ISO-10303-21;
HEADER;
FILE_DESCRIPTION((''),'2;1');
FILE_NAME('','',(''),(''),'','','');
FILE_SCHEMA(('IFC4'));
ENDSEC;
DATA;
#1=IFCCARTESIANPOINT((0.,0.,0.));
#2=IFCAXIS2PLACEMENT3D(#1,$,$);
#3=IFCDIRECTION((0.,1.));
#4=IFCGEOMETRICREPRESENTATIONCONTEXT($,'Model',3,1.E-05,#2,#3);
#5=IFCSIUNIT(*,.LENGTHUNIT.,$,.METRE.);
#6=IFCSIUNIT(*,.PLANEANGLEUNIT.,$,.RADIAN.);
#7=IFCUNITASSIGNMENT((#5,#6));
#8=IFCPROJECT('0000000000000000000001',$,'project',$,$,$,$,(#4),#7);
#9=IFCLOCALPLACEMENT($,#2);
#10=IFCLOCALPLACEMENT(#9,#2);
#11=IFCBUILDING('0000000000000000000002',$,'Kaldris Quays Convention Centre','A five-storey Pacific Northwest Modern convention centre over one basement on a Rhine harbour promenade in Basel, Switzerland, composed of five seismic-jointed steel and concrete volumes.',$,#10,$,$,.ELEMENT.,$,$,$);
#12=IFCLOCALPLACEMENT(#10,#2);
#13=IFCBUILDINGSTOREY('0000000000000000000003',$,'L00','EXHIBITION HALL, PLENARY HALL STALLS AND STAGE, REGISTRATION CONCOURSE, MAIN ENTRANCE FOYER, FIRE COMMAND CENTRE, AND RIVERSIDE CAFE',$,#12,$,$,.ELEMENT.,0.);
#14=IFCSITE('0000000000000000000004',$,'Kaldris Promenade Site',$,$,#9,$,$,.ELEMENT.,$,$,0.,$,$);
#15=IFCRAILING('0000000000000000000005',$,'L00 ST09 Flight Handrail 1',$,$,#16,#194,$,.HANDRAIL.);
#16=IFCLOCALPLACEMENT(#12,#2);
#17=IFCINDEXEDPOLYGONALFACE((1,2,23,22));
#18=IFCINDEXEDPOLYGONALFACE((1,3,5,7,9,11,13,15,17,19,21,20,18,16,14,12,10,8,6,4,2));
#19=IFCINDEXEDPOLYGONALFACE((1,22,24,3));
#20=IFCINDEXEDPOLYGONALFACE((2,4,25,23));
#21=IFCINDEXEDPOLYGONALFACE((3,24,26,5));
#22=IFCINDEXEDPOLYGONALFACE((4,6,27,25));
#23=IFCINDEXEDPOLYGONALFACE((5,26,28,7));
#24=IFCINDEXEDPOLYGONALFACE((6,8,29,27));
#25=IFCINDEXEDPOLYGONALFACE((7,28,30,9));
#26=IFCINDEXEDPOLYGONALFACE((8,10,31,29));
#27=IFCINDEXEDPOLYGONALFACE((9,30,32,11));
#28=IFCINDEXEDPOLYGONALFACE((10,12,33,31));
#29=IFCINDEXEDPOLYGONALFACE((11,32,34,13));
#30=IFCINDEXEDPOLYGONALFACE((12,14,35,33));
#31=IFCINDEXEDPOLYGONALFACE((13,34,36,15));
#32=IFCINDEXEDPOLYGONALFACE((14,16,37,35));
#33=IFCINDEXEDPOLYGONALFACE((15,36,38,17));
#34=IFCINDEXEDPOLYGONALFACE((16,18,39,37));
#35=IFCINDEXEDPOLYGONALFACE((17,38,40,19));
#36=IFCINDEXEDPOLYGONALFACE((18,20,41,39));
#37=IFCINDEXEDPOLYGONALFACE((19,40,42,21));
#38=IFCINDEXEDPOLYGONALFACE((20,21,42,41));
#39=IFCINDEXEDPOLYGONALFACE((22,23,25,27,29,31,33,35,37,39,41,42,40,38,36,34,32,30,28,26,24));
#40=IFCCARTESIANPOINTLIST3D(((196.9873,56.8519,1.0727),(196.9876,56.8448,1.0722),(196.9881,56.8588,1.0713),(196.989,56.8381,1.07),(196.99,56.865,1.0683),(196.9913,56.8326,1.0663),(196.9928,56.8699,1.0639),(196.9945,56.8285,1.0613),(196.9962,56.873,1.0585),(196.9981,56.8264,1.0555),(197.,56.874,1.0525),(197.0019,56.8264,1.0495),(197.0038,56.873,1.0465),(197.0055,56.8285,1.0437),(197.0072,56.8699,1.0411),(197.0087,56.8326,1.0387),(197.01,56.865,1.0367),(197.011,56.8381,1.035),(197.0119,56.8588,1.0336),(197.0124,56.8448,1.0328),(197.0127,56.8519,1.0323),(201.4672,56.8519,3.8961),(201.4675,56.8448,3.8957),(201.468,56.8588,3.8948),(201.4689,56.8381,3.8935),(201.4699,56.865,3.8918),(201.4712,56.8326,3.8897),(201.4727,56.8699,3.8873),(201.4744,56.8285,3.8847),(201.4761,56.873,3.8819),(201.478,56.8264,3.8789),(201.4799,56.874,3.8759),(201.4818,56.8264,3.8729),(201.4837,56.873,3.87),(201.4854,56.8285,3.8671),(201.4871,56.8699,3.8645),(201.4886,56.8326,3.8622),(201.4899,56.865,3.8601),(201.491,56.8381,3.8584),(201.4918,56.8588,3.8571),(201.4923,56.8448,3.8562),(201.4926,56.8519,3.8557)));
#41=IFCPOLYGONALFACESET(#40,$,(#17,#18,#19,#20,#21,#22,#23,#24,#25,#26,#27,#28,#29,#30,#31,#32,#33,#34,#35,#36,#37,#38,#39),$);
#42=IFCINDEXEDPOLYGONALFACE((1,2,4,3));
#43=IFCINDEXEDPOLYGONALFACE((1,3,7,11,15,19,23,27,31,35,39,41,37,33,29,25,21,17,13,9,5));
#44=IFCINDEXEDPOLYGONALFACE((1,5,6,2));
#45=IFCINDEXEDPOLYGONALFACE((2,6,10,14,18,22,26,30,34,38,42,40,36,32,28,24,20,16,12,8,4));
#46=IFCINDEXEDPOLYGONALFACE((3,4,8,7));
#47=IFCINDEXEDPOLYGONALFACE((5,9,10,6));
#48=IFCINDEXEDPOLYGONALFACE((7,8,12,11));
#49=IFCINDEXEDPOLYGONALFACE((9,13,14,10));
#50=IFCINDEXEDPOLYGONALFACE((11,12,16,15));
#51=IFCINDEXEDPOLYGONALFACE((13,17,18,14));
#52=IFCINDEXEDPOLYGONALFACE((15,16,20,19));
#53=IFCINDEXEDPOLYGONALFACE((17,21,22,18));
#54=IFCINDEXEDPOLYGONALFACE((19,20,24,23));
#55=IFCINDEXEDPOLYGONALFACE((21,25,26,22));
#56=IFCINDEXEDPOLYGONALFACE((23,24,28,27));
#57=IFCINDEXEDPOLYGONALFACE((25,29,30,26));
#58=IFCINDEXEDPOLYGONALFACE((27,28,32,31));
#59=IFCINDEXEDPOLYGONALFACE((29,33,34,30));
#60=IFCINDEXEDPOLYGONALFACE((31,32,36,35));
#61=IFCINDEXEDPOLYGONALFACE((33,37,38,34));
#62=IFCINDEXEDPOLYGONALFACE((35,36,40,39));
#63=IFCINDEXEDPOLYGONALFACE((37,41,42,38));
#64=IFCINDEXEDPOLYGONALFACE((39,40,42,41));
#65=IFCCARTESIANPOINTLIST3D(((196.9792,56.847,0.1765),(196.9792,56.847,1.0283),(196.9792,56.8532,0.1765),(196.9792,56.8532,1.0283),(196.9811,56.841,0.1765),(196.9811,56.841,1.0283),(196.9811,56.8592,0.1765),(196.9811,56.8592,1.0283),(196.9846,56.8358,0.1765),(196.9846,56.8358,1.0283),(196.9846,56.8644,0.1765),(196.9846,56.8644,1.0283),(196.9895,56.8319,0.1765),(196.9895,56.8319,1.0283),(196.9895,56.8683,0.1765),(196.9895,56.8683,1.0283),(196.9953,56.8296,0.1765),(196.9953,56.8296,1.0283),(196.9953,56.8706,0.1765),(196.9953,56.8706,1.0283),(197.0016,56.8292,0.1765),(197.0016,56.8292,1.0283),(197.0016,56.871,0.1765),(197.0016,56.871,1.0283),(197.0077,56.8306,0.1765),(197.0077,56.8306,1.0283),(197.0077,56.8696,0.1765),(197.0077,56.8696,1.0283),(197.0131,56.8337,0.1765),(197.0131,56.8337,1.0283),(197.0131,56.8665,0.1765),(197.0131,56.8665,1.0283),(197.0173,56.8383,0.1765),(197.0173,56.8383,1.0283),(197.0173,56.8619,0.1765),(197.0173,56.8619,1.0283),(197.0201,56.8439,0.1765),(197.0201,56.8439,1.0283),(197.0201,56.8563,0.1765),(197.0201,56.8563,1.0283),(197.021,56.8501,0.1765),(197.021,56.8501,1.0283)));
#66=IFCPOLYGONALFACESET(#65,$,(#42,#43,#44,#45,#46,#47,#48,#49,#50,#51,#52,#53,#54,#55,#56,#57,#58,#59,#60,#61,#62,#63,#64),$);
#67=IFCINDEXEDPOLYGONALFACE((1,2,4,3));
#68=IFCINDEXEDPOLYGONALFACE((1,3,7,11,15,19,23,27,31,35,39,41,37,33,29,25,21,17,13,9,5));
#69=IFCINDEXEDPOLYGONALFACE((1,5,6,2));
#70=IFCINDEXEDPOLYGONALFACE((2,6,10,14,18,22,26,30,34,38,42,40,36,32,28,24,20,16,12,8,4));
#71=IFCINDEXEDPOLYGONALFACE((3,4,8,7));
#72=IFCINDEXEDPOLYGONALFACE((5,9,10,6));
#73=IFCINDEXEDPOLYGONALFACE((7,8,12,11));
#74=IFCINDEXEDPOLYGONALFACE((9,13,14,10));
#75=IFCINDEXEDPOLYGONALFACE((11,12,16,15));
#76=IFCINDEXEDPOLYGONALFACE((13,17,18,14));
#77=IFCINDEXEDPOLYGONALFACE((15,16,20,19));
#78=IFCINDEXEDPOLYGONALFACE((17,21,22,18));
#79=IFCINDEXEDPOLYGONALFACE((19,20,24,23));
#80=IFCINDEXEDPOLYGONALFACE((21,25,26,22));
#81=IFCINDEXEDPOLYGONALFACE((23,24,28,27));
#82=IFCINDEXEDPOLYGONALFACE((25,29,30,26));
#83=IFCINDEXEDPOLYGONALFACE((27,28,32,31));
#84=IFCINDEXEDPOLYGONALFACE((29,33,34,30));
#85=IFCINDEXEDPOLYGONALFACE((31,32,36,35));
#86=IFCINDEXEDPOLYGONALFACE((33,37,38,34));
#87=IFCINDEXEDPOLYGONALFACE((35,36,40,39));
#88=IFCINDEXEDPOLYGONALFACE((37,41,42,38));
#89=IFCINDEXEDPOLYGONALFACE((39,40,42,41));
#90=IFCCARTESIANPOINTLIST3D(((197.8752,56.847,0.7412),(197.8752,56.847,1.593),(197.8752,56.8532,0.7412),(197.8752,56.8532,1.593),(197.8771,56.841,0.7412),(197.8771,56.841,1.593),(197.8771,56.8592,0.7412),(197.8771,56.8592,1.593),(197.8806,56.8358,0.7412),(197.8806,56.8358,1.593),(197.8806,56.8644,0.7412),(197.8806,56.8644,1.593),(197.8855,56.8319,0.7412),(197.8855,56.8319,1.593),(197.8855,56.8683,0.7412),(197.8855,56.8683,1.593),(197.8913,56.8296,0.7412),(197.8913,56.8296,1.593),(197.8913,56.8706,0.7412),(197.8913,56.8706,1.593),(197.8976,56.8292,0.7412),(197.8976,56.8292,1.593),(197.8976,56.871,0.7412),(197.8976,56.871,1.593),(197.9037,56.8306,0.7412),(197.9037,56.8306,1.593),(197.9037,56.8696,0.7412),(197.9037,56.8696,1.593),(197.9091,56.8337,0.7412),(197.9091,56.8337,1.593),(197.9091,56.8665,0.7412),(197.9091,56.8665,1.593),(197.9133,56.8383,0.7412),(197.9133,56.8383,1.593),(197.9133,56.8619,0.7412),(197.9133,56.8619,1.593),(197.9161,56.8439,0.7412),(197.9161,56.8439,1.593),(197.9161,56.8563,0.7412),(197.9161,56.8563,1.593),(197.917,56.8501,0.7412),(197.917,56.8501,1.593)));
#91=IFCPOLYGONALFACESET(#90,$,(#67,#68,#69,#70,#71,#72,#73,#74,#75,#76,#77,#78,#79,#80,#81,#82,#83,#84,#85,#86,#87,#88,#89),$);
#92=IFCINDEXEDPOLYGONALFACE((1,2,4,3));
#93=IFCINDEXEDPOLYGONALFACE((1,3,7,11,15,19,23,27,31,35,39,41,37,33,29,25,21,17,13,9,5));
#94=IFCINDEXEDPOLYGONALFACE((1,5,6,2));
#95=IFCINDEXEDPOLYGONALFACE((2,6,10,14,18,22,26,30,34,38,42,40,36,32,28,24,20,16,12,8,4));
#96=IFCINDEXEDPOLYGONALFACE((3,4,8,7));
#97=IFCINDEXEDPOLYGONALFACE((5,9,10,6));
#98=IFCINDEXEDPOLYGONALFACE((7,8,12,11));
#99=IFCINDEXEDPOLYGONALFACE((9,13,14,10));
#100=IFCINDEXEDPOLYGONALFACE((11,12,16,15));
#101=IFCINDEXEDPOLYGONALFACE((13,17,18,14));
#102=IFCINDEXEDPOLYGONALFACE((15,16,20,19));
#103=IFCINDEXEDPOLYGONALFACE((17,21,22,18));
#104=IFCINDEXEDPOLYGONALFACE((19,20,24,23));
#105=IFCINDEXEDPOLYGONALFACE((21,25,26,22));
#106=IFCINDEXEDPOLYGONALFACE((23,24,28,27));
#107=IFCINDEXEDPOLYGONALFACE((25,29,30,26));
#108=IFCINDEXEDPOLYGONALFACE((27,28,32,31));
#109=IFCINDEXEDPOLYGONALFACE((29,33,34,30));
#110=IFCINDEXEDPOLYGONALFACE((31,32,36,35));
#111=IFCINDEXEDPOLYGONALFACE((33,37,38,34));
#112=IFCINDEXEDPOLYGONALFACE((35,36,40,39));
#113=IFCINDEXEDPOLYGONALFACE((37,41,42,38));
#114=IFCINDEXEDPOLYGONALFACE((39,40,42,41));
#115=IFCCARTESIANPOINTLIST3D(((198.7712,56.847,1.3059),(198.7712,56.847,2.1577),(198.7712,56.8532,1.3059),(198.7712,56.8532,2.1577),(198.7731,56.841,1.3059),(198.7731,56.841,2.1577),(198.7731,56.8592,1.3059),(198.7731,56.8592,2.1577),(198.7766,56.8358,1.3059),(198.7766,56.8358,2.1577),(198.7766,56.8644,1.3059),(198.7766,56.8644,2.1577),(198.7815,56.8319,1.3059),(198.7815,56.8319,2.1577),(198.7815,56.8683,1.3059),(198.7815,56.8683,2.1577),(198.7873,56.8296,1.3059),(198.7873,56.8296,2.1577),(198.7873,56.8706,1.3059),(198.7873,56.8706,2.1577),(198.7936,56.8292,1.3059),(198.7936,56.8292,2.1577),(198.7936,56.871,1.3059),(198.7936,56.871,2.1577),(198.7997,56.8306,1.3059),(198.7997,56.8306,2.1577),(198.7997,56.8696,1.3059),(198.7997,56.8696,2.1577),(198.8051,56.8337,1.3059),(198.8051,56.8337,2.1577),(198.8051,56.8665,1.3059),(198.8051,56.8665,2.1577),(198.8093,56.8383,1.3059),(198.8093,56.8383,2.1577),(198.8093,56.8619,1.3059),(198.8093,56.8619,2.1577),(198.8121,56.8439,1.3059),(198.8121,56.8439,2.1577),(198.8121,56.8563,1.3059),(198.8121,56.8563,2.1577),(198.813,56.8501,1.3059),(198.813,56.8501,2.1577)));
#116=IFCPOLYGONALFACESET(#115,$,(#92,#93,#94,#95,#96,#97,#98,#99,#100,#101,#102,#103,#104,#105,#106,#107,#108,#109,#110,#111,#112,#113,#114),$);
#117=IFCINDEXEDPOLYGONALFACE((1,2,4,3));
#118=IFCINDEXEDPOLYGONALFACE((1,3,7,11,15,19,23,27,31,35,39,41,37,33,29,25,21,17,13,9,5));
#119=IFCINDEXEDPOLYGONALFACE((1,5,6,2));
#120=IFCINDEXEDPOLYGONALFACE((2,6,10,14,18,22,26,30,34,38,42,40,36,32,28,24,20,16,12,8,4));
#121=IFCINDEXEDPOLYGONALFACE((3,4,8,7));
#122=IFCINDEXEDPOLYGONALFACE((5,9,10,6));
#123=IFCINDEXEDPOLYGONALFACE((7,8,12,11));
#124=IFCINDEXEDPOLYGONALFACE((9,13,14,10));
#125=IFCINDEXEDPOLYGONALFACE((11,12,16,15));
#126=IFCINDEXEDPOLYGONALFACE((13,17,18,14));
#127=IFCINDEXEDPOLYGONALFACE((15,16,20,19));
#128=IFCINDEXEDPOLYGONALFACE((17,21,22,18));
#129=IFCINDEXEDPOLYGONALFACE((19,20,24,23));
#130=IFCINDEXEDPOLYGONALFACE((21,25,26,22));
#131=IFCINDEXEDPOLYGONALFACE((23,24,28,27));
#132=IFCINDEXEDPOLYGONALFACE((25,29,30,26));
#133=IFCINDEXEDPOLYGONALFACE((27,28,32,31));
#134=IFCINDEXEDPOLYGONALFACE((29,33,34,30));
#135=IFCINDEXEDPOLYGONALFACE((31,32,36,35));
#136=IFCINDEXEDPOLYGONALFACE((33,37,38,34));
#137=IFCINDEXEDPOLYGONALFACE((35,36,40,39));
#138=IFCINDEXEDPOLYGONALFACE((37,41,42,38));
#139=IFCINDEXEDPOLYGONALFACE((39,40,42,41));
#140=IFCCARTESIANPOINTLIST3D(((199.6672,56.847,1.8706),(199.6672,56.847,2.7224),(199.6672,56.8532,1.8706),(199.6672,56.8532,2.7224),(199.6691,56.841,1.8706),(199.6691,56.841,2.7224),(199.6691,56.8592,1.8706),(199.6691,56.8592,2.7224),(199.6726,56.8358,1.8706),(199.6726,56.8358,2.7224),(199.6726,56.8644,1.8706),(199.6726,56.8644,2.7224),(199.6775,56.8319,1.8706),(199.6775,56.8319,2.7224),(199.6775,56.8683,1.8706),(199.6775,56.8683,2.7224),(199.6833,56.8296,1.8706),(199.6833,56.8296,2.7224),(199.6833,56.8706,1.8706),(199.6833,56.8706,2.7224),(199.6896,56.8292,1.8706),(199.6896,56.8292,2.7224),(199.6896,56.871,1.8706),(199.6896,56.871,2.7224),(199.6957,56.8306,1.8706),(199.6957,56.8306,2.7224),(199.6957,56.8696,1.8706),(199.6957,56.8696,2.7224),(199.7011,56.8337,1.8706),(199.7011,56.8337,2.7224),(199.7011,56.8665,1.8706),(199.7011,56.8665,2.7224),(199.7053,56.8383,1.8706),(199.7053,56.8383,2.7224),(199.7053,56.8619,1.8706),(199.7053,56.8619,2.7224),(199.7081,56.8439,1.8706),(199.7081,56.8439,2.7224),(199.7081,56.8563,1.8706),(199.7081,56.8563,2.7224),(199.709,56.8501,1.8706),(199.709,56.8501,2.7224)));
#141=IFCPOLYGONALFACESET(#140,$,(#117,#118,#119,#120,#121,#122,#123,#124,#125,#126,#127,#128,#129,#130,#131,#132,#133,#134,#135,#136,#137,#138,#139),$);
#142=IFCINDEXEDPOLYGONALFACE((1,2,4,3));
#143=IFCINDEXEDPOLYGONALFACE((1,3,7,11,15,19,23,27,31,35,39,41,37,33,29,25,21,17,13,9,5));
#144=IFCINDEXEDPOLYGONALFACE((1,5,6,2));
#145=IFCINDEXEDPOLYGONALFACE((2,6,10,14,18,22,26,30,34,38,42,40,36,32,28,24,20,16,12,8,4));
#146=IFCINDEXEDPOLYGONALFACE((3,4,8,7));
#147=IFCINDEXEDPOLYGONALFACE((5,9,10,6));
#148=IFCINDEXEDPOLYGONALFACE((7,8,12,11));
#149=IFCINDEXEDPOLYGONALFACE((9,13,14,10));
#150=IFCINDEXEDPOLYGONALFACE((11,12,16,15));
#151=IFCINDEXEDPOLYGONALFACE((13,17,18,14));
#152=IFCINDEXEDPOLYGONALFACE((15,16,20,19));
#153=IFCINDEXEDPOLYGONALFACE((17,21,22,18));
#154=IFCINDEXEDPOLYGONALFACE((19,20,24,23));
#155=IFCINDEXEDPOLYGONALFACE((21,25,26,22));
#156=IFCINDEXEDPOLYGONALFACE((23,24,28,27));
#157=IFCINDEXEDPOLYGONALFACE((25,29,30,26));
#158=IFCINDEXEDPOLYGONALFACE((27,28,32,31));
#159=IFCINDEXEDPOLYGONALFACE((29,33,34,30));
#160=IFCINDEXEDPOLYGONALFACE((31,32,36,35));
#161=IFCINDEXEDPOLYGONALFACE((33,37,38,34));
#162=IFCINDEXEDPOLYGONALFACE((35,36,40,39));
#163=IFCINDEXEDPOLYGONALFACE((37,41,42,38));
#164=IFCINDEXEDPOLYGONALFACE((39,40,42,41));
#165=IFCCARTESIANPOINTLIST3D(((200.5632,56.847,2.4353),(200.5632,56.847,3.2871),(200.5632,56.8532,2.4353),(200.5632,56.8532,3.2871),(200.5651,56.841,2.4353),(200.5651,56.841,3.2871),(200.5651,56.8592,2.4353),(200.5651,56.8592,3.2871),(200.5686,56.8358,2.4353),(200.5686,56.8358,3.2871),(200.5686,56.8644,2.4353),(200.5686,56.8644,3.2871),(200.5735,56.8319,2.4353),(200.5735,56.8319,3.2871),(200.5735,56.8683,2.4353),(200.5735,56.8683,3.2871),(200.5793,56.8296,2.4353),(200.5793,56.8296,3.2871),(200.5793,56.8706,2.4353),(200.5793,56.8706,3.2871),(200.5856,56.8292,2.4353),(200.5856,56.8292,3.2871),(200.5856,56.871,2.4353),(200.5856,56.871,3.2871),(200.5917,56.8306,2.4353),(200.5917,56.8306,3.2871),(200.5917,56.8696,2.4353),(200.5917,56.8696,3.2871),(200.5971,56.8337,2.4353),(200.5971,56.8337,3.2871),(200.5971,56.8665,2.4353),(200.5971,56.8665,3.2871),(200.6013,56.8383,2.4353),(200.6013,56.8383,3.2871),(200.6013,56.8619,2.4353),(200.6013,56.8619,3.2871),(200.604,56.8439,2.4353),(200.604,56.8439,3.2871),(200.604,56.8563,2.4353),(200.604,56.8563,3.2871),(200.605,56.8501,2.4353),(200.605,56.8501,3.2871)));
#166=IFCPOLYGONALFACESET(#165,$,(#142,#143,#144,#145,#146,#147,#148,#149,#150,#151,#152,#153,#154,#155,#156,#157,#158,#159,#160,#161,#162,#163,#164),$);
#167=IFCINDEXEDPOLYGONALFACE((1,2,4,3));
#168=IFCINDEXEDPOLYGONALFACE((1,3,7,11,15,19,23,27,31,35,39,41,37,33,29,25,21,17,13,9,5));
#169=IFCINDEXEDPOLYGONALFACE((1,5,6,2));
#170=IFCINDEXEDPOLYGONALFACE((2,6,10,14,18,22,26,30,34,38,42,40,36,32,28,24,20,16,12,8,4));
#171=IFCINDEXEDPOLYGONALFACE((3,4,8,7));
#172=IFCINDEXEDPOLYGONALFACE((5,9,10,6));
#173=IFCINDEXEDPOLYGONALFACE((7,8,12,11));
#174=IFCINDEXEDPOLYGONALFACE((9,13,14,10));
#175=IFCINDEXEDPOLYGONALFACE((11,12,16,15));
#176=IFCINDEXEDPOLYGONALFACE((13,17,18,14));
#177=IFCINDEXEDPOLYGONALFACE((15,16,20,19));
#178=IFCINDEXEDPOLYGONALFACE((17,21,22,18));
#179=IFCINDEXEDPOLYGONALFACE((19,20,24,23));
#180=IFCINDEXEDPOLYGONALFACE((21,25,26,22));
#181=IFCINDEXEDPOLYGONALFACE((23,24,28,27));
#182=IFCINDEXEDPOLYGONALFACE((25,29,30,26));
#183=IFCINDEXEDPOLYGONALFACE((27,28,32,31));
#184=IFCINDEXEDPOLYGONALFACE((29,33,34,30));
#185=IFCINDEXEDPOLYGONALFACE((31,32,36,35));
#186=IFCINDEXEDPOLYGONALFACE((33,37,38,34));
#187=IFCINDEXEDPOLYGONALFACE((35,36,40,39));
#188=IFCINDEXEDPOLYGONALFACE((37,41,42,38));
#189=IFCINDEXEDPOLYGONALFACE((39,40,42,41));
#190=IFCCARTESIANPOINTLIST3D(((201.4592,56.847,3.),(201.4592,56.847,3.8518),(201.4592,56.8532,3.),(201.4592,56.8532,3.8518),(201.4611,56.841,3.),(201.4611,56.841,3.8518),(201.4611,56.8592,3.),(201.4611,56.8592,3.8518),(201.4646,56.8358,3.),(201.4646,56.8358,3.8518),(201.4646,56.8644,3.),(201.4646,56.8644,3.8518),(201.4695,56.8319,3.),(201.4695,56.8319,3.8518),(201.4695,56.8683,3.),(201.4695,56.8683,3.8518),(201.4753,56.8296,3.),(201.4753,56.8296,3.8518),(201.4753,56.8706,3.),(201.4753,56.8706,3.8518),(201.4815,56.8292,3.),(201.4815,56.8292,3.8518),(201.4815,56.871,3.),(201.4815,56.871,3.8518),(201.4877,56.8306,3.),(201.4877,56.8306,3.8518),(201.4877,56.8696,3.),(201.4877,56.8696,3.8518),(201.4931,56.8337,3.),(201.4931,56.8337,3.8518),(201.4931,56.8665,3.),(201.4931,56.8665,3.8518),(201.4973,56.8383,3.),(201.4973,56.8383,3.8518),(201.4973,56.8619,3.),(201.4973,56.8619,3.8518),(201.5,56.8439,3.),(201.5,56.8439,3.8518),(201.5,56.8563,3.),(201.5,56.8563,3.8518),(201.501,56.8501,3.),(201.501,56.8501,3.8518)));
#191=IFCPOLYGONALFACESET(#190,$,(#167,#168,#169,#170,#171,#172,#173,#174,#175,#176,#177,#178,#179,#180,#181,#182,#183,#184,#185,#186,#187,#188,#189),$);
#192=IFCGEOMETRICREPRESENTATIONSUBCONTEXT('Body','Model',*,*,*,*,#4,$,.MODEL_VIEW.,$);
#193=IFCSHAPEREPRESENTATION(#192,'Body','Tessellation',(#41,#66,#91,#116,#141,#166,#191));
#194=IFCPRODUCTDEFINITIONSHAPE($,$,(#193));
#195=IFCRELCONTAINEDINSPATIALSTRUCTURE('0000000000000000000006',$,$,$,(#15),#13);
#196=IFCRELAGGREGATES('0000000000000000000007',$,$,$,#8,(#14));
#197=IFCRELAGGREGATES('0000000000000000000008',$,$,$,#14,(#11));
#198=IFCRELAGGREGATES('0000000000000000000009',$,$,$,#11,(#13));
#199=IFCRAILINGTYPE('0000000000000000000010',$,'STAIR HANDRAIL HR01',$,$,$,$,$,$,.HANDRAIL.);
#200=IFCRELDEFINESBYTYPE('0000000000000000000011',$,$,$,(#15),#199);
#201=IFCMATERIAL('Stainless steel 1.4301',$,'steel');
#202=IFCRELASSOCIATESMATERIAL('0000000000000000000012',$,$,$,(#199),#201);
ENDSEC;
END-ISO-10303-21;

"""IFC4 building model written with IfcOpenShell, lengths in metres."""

from ifc_helpers import new_model, si_unit, direction, frame, origin, origin_2d, place, context, subcontext, project, spatial, circle, extrude, material, type_object, element, save


model = new_model("IFC4")

# Units and contexts
model_context = context("Model", 3, precision=1e-05, world=origin(), true_north=direction((0.0, 1.0)))
body_context = subcontext(model_context, "Body", "Model", "MODEL_VIEW")
ifc_project = project(units=[si_unit("LENGTHUNIT", "METRE"), si_unit("PLANEANGLEUNIT", "RADIAN")], contexts=[model_context])

# Site, building, storey
site_placement = place(None, origin())
site = spatial("IfcSite", under=ifc_project, at=site_placement, Name="Kaldris Promenade Site", CompositionType="ELEMENT", RefElevation=0.0)
building_placement = place(site_placement, origin())
building = spatial("IfcBuilding", under=site, at=building_placement, Name="Kaldris Quays Convention Centre", Description="A five-storey Pacific Northwest Modern convention centre over one basement on a Rhine harbour promenade in Basel, Switzerland, composed of five seismic-jointed steel and concrete volumes.", CompositionType="ELEMENT")
storey_placement = place(building_placement, origin())
storey = spatial("IfcBuildingStorey", under=building, at=storey_placement, Name="L00", Description="EXHIBITION HALL, PLENARY HALL STALLS AND STAGE, REGISTRATION CONCOURSE, MAIN ENTRANCE FOYER, FIRE COMMAND CENTRE, AND RIVERSIDE CAFE", CompositionType="ELEMENT", Elevation=0.0)

# Railing
ifc_material_1 = material(Name="Stainless steel 1.4301", Category="steel")
railing_type_1 = type_object("IfcRailingType", Name="STAIR HANDRAIL HR01", PredefinedType="HANDRAIL", material=ifc_material_1)
railing_1_placement = place(storey_placement, frame((197.0, 56.8501, 0.1765)))
element("IfcRailing", 1, at=railing_1_placement, inside=storey, type_object=railing_type_1, Name="L00 ST09 Flight Handrail 1", PredefinedType="HANDRAIL", context=body_context, shape_type="SweptSolid", body=[
    extrude(circle(Radius=0.0239, at=origin_2d()), frame((0.0, 0.0, 0.876), z_axis=(0.845998, 0.0, 0.533186), x_axis=(0.0, 1.0, 0.0)), (0.0, 0.0, 1.0), 5.2954),
    extrude(circle(Radius=0.021, at=origin_2d()), origin(), (0.0, 0.0, 1.0), 0.8518),
    extrude(circle(Radius=0.021, at=origin_2d()), frame((0.896, 0.0, 0.5647)), (0.0, 0.0, 1.0), 0.8518),
    extrude(circle(Radius=0.021, at=origin_2d()), frame((1.792, 0.0, 1.1294)), (0.0, 0.0, 1.0), 0.8518),
    extrude(circle(Radius=0.021, at=origin_2d()), frame((2.688, 0.0, 1.6941)), (0.0, 0.0, 1.0), 0.8518),
    extrude(circle(Radius=0.021, at=origin_2d()), frame((3.584, 0.0, 2.2588)), (0.0, 0.0, 1.0), 0.8518),
    extrude(circle(Radius=0.021, at=origin_2d()), frame((4.48, 0.0, 2.8235)), (0.0, 0.0, 1.0), 0.8518),
])

save(model, "model.ifc")
